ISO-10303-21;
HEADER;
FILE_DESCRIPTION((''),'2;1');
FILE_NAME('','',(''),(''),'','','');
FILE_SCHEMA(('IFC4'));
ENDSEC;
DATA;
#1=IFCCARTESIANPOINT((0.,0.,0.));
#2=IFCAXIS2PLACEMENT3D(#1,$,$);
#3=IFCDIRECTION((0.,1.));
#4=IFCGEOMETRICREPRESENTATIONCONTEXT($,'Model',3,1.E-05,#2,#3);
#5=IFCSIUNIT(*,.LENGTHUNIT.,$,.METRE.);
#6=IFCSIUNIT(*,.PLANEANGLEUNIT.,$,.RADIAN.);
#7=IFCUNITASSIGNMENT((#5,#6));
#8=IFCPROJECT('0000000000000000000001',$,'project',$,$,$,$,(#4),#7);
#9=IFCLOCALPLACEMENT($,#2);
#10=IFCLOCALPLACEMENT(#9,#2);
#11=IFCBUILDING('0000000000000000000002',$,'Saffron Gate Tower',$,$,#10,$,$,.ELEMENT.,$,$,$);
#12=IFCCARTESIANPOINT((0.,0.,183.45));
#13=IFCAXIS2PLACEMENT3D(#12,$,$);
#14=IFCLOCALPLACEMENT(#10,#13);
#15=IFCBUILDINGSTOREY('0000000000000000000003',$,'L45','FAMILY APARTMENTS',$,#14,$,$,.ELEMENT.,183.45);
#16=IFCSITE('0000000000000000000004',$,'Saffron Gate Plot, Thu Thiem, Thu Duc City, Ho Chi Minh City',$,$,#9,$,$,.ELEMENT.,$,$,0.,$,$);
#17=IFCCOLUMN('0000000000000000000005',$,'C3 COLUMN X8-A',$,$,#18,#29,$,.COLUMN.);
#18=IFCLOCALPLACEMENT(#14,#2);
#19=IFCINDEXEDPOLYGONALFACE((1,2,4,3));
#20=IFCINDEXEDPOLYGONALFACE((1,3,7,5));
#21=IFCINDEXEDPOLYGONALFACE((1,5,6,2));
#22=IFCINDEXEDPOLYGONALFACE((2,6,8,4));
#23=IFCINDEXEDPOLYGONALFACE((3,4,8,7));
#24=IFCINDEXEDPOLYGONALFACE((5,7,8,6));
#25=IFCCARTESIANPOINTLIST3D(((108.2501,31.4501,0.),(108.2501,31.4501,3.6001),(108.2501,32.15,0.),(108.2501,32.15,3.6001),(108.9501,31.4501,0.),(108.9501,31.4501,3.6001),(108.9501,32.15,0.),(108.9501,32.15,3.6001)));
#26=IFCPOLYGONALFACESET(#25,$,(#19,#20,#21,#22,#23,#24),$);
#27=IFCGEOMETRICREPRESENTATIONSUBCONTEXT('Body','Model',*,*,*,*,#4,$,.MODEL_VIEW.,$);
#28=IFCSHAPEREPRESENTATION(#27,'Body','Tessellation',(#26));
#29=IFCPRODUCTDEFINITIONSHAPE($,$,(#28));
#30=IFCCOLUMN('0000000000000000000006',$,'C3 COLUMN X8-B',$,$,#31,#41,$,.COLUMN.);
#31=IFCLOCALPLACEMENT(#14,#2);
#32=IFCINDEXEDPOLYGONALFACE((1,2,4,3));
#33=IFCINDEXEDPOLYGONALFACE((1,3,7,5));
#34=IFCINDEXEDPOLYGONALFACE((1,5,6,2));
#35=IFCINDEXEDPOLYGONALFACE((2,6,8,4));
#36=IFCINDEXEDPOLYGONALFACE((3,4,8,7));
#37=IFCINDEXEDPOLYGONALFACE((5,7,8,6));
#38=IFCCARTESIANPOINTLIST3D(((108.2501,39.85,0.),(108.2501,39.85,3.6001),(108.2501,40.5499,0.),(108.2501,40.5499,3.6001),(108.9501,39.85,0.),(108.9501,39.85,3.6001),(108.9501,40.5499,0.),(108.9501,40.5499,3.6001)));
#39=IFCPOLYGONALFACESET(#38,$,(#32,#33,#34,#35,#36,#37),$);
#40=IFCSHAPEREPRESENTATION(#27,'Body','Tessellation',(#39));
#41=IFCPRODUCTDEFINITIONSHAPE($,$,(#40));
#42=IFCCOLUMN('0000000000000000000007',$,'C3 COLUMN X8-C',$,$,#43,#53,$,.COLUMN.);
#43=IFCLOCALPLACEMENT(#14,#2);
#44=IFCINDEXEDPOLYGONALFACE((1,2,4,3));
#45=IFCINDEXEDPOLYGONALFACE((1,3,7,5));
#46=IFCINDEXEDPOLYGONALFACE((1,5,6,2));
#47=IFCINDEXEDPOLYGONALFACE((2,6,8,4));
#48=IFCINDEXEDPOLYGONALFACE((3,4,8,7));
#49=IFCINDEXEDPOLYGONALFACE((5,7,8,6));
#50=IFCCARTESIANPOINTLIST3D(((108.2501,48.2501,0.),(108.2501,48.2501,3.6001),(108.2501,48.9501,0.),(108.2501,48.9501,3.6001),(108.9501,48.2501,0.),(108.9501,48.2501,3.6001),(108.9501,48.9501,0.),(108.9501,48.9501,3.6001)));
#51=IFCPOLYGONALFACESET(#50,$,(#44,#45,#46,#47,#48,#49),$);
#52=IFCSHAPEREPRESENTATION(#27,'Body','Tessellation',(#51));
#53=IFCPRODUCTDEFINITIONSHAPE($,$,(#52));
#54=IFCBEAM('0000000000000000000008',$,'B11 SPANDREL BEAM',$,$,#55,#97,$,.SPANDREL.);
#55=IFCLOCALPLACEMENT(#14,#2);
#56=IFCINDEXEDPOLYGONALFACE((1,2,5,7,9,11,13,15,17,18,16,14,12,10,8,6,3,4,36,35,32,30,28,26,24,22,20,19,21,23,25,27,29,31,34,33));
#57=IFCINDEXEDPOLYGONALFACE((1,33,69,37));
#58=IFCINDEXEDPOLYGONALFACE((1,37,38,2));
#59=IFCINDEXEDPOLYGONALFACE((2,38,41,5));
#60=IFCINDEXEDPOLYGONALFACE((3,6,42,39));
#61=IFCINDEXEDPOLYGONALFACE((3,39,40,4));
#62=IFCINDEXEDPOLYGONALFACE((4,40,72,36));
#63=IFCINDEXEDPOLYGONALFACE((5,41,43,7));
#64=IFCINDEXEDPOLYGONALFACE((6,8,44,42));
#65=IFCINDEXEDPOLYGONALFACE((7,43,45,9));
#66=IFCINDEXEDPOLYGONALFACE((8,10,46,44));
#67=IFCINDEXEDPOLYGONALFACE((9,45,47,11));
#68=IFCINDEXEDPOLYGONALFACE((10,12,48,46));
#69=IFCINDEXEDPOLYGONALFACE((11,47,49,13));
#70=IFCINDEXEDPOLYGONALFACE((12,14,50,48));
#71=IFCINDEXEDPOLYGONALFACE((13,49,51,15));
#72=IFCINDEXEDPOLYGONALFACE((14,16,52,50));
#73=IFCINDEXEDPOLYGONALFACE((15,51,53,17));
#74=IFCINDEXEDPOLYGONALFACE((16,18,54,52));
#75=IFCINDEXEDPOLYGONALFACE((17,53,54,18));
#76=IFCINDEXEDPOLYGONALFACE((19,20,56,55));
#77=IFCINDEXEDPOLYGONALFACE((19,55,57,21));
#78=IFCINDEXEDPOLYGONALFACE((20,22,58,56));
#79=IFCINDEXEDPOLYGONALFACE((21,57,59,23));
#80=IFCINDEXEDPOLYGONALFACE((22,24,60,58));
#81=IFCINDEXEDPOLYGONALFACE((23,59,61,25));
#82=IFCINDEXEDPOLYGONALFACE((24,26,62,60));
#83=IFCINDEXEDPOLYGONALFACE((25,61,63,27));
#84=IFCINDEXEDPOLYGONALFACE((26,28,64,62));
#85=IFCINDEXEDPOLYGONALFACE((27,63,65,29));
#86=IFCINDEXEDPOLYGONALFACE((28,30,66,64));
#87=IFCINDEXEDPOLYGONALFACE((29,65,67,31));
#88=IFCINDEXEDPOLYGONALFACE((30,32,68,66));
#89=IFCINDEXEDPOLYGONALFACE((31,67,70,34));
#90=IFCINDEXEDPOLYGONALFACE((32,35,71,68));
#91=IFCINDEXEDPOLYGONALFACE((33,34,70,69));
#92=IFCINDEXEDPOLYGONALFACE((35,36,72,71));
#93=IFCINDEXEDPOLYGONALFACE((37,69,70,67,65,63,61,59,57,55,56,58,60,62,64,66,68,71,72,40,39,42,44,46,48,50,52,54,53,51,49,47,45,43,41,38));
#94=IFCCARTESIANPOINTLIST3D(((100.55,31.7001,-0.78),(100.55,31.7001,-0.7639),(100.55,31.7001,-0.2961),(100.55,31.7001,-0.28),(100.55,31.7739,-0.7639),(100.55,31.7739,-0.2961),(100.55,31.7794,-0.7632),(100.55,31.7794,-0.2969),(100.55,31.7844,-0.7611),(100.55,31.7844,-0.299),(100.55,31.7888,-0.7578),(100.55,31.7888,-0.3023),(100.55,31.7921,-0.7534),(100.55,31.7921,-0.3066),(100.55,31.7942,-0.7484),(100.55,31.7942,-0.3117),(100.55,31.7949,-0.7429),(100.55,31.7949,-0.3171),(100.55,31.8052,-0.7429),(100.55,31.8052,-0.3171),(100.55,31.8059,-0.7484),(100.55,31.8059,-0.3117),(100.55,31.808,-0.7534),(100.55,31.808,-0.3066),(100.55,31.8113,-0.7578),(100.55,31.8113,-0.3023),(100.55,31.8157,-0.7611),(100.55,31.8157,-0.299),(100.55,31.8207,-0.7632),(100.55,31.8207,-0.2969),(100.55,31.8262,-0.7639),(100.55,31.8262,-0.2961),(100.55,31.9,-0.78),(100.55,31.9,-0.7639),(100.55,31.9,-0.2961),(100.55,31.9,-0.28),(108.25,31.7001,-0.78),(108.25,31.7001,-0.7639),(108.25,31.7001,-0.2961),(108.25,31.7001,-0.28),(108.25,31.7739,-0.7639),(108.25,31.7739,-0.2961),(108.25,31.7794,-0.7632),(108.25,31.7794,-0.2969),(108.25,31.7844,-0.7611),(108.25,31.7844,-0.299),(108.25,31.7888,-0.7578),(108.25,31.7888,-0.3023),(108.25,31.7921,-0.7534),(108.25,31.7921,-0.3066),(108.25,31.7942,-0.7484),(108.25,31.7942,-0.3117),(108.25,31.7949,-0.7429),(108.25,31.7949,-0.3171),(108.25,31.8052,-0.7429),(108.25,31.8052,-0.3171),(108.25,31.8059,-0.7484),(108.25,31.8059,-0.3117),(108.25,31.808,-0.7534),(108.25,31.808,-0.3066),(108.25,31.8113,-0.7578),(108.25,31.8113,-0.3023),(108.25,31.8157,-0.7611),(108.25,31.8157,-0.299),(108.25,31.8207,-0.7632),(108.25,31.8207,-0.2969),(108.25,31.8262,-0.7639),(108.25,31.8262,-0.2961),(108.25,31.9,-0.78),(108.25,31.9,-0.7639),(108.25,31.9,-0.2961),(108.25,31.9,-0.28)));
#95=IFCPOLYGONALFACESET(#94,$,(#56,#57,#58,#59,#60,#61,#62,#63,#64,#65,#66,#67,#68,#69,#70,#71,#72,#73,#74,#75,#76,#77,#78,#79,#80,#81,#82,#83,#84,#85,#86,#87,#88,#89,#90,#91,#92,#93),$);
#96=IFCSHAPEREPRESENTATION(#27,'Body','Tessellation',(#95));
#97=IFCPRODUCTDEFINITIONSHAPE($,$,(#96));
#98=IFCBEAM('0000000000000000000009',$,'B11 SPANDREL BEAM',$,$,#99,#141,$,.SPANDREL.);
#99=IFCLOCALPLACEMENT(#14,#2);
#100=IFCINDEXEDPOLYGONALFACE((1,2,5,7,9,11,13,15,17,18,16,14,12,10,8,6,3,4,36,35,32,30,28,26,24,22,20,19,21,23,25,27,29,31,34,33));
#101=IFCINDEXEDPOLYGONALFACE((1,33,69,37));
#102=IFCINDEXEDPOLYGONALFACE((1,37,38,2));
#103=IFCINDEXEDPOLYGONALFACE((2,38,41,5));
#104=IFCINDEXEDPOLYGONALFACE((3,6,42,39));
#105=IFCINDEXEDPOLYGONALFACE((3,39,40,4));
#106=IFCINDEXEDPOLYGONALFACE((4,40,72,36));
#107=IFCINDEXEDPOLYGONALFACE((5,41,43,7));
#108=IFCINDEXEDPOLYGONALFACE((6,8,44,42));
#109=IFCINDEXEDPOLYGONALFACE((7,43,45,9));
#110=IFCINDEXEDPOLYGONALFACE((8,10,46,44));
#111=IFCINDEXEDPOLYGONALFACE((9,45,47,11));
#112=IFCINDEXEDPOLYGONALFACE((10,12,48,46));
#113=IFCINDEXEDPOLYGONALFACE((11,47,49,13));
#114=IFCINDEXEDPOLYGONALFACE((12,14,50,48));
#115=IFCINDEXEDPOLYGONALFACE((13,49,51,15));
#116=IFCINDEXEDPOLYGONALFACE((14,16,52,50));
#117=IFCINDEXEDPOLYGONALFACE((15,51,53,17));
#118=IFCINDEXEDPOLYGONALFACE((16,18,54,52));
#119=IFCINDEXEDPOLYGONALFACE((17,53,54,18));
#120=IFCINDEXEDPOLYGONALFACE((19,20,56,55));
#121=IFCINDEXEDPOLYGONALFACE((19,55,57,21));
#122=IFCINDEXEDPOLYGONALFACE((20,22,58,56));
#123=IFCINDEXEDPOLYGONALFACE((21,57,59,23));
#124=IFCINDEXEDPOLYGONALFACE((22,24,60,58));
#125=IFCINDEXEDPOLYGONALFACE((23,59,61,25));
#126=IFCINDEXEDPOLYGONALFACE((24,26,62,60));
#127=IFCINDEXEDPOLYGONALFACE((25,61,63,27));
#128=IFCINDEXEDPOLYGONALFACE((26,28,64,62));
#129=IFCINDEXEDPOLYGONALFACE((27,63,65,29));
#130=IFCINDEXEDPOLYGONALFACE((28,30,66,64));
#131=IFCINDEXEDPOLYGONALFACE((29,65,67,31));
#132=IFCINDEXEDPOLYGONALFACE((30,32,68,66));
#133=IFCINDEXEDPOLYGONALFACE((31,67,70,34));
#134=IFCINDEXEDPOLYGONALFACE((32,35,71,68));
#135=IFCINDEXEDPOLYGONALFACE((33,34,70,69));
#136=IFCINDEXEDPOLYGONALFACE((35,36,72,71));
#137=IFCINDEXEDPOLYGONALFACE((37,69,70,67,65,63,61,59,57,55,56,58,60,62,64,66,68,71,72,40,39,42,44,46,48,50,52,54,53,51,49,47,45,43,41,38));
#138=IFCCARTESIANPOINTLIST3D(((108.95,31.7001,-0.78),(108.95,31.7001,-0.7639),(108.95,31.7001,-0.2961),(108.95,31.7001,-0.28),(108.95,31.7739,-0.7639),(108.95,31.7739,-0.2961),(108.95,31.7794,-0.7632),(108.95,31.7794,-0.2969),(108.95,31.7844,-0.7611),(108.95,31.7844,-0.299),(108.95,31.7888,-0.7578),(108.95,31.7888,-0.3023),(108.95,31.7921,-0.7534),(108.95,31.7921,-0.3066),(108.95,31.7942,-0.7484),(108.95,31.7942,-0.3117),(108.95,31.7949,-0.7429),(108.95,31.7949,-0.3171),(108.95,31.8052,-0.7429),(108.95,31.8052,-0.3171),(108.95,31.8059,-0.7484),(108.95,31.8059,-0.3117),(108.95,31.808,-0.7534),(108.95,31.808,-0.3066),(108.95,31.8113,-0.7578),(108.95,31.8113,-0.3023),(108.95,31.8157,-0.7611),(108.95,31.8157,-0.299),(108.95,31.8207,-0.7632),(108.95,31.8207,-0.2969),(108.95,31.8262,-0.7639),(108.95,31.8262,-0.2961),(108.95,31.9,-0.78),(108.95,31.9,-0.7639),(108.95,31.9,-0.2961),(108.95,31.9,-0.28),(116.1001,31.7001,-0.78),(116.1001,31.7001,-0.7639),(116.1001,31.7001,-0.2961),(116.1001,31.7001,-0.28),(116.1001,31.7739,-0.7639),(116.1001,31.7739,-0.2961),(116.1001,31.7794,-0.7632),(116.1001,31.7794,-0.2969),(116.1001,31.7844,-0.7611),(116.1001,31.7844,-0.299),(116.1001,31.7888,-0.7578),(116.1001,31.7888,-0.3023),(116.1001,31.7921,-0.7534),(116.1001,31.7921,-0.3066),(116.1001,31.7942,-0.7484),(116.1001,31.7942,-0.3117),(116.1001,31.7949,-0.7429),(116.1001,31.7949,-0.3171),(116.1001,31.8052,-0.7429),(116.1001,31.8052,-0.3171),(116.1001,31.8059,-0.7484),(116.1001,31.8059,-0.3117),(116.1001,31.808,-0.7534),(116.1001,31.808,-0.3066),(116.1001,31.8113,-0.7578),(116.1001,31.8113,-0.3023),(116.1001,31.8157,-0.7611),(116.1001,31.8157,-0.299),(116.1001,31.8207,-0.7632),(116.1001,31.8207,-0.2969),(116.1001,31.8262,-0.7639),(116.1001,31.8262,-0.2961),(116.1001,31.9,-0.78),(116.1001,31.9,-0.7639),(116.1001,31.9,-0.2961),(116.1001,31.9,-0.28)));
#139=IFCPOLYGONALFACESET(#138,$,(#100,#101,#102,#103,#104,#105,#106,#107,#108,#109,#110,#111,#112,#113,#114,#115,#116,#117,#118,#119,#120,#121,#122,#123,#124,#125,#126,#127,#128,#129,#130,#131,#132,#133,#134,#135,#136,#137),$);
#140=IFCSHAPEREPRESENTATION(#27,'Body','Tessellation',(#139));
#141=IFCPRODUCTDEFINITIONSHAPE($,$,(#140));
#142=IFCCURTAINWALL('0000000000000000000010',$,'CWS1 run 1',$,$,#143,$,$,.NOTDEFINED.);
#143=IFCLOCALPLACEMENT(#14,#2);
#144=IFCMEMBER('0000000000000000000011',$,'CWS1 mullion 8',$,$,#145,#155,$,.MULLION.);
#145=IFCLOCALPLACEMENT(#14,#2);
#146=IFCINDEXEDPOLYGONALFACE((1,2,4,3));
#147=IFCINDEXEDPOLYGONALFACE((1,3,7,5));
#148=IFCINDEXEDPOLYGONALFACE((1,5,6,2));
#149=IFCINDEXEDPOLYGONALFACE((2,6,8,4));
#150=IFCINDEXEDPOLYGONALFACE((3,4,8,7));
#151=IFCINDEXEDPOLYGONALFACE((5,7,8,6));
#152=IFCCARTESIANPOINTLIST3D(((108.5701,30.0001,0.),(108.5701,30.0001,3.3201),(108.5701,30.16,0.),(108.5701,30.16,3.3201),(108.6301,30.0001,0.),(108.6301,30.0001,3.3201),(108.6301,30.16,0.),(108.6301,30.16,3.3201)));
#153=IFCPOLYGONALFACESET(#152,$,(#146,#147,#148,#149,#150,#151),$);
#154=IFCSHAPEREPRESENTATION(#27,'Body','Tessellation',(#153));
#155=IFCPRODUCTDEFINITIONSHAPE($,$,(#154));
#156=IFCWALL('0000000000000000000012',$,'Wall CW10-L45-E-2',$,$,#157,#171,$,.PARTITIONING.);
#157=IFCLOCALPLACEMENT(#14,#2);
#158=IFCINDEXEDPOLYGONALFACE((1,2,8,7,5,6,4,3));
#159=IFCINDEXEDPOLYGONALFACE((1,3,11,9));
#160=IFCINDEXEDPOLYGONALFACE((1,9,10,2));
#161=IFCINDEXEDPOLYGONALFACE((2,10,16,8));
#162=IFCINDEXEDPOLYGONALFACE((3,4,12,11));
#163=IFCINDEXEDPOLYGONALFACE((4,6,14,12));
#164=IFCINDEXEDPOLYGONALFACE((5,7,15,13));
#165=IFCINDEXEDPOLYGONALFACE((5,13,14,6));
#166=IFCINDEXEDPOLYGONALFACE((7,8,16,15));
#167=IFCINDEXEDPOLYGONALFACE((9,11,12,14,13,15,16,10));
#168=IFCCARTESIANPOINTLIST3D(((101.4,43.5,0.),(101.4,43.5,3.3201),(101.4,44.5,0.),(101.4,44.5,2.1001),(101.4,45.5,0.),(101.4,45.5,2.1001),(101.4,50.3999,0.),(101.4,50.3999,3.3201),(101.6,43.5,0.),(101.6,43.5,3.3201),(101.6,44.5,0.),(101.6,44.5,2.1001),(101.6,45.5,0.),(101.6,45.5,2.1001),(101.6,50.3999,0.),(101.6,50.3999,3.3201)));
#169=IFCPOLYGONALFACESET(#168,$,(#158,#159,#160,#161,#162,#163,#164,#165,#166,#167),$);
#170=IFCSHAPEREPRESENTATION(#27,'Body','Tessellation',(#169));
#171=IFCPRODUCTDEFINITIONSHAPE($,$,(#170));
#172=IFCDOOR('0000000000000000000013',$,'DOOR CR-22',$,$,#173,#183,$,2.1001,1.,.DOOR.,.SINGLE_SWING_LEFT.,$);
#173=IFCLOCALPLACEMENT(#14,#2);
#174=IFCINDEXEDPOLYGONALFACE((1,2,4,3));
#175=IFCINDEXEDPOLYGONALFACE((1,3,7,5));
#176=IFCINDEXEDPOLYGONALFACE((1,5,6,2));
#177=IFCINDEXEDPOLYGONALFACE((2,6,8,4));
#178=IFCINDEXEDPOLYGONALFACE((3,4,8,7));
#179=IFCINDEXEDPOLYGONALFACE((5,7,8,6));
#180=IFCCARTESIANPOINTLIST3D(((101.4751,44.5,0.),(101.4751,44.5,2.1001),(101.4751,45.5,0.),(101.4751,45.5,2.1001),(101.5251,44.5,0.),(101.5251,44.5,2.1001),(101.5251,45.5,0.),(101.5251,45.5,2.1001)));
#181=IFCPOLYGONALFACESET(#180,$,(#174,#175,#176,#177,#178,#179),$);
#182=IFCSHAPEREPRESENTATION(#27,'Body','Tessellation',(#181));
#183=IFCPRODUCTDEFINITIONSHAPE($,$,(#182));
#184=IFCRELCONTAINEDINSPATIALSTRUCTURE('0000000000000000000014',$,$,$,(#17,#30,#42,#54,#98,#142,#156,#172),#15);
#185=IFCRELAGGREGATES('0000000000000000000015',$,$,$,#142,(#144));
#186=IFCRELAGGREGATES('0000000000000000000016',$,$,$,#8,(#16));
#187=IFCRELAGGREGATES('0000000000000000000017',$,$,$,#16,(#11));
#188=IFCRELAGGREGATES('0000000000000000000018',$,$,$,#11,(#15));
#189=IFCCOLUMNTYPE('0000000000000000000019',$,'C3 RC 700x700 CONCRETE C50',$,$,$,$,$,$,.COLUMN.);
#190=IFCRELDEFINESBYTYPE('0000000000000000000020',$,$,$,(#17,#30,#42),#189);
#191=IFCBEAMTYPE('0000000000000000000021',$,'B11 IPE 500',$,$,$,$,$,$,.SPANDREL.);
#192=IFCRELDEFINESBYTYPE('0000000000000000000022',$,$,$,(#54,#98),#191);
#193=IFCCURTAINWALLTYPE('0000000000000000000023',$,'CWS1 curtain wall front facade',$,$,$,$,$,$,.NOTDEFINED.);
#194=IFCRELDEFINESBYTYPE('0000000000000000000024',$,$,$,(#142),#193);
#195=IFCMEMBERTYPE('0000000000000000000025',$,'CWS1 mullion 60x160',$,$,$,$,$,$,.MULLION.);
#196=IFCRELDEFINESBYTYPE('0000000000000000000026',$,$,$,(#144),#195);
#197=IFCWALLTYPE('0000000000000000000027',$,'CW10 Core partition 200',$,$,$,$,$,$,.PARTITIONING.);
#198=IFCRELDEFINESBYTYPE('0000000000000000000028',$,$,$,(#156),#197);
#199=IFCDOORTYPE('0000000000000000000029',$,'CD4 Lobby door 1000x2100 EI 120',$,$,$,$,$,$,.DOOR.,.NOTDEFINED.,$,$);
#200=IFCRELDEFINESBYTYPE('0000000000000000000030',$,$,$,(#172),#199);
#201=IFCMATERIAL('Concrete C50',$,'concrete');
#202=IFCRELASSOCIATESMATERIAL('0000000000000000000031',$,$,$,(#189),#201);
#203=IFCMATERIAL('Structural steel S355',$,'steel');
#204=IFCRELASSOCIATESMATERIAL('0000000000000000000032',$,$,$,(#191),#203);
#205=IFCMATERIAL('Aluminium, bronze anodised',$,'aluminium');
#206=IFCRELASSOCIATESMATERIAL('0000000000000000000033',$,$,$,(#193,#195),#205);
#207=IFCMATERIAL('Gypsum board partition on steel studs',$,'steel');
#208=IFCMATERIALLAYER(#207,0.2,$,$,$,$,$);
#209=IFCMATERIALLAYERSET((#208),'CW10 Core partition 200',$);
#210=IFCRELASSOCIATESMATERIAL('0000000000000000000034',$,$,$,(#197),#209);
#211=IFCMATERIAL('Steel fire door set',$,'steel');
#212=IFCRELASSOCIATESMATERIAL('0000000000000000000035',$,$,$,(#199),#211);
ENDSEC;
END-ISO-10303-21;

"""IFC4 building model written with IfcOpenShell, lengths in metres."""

from ifc_helpers import new_model, si_unit, direction, frame, frame_2d, origin, origin_2d, place, context, subcontext, project, spatial, rectangle, i_section, extrude, material, layer, layer_set, material_profile, profile_set, type_object, element, fill, aggregate, save


model = new_model("IFC4")

# Units and contexts
model_context = context("Model", 3, precision=1e-05, world=origin(), true_north=direction((0.0, 1.0)))
body_context = subcontext(model_context, "Body", "Model", "MODEL_VIEW")
ifc_project = project(units=[si_unit("LENGTHUNIT", "METRE"), si_unit("PLANEANGLEUNIT", "RADIAN")], contexts=[model_context])

# Site, building, storey
site_placement = place(None, origin())
site = spatial("IfcSite", under=ifc_project, at=site_placement, Name="Saffron Gate Plot, Thu Thiem, Thu Duc City, Ho Chi Minh City", CompositionType="ELEMENT", RefElevation=0.0)
building_placement = place(site_placement, origin())
building = spatial("IfcBuilding", under=site, at=building_placement, Name="Saffron Gate Tower", CompositionType="ELEMENT")
storey_placement = place(building_placement, frame((0.0, 0.0, 183.45)))
storey = spatial("IfcBuildingStorey", under=building, at=storey_placement, Name="L45", Description="FAMILY APARTMENTS", CompositionType="ELEMENT", Elevation=183.45)

# Columns
ifc_material_1 = material(Name="Concrete C50", Category="concrete")
ifc_material_profile_1 = material_profile(ifc_material_1, rectangle(XDim=0.7, YDim=0.7, at=origin_2d()))
ifc_profile_set_1 = profile_set([ifc_material_profile_1], Name="Concrete C50")
column_type = type_object("IfcColumnType", Name="C3 RC 700x700 CONCRETE C50", PredefinedType="COLUMN", material=ifc_profile_set_1)
for number, where, z_axis, x_axis, name in (
    (1, (108.6001, 31.8, 0.0), (0.0, 0.0, 1.0), (1.0, 0.0, 0.0), "C3 COLUMN X8-A"),
    (2, (108.6001, 40.2, 0.0), (0.0, 0.0, 1.0), (1.0, 0.0, 0.0), "C3 COLUMN X8-B"),
    (3, (108.6001, 48.6001, 0.0), (0.0, 0.0, 1.0), (1.0, 0.0, 0.0), "C3 COLUMN X8-C"),
):
    element("IfcColumn", number, at=place(storey_placement, frame(where, z_axis=z_axis, x_axis=x_axis)), inside=storey, type_object=column_type, Name=name, PredefinedType="COLUMN", context=body_context, shape_type="SweptSolid", body=[
        extrude(rectangle(XDim=0.7, YDim=0.7, at=origin_2d()), origin(), (0.0, 0.0, 1.0), 3.6001),
    ])

# Beams
ifc_material_2 = material(Name="Structural steel S355", Category="steel")
ifc_material_profile_2 = material_profile(ifc_material_2, i_section(OverallWidth=0.2, OverallDepth=0.5, WebThickness=0.0103, FlangeThickness=0.0161, FilletRadius=0.021, at=origin_2d()))
ifc_profile_set_2 = profile_set([ifc_material_profile_2], Name="Structural steel S355")
beam_type = type_object("IfcBeamType", Name="B11 IPE 500", PredefinedType="SPANDREL", material=ifc_profile_set_2)
beam_1_placement = place(storey_placement, frame((100.55, 31.8, -0.53), z_axis=(1.0, 0.0, 0.0), x_axis=(0.0, 1.0, 0.0)))
element("IfcBeam", 4, at=beam_1_placement, inside=storey, type_object=beam_type, Name="B11 SPANDREL BEAM", PredefinedType="SPANDREL", context=body_context, shape_type="SweptSolid", body=[
    extrude(i_section(OverallWidth=0.2, OverallDepth=0.5, WebThickness=0.0103, FlangeThickness=0.0161, FilletRadius=0.021, at=origin_2d()), origin(), (0.0, 0.0, 1.0), 7.7),
])
beam_2_placement = place(storey_placement, frame((108.95, 31.8, -0.53), z_axis=(1.0, 0.0, 0.0), x_axis=(0.0, 1.0, 0.0)))
element("IfcBeam", 5, at=beam_2_placement, inside=storey, type_object=beam_type, Name="B11 SPANDREL BEAM", PredefinedType="SPANDREL", context=body_context, shape_type="SweptSolid", body=[
    extrude(i_section(OverallWidth=0.2, OverallDepth=0.5, WebThickness=0.0103, FlangeThickness=0.0161, FilletRadius=0.021, at=origin_2d()), origin(), (0.0, 0.0, 1.0), 7.1501),
])

# Curtain wall, member
ifc_material_3 = material(Name="Aluminium, bronze anodised", Category="aluminium")
curtain_wall_type = type_object("IfcCurtainWallType", Name="CWS1 curtain wall front facade", PredefinedType="NOTDEFINED", material=ifc_material_3)
curtain_wall_placement = place(storey_placement, origin())
curtain_wall = element("IfcCurtainWall", 6, at=curtain_wall_placement, inside=storey, type_object=curtain_wall_type, Name="CWS1 run 1", PredefinedType="NOTDEFINED")
ifc_material_profile_3 = material_profile(ifc_material_3, rectangle(XDim=0.1599, YDim=0.0601, at=origin_2d()))
ifc_profile_set_3 = profile_set([ifc_material_profile_3], Name="Aluminium, bronze anodised")
member_type = type_object("IfcMemberType", Name="CWS1 mullion 60x160", PredefinedType="MULLION", material=ifc_profile_set_3)
member_placement = place(storey_placement, frame((108.6001, 30.0801, 0.0), z_axis=(0.0, 0.0, 1.0), x_axis=(0.0, 1.0, 0.0)))
member = element("IfcMember", 7, at=member_placement, type_object=member_type, Name="CWS1 mullion 8", PredefinedType="MULLION", context=body_context, shape_type="SweptSolid", body=[
    extrude(rectangle(XDim=0.1599, YDim=0.0601, at=origin_2d()), origin(), (0.0, 0.0, 1.0), 3.3201),
])
aggregate(curtain_wall, [member])

# Wall, opening, door
ifc_material_4 = material(Name="Gypsum board partition on steel studs", Category="steel")
ifc_layer_1 = layer(ifc_material_4, 0.2)
ifc_layer_set_1 = layer_set([ifc_layer_1], Name="CW10 Core partition 200")
wall_type_1 = type_object("IfcWallType", Name="CW10 Core partition 200", PredefinedType="PARTITIONING", material=ifc_layer_set_1)
wall_1_placement = place(storey_placement, frame((101.5, 43.5, 0.0), z_axis=(0.0, 0.0, 1.0), x_axis=(0.0, 1.0, 0.0)))
wall_1 = element("IfcWall", 8, at=wall_1_placement, inside=storey, type_object=wall_type_1, Name="Wall CW10-L45-E-2", PredefinedType="PARTITIONING", context=body_context, shape_type="SweptSolid", body=[
    extrude(rectangle(XDim=6.8999, YDim=0.2, at=frame_2d((3.45, 0.0))), origin(), (0.0, 0.0, 1.0), 3.3201),
])
opening_1_placement = place(wall_1_placement, frame((1.0, 0.0, 0.0)))
opening_1 = element("IfcOpeningElement", 9, at=opening_1_placement, cuts=wall_1, PredefinedType="OPENING", context=body_context, shape_type="SweptSolid", body=[
    extrude(rectangle(XDim=1.0, YDim=2.1001, at=frame_2d((0.5, 1.05))), frame((0.0, 0.1099, 0.0), z_axis=(0.0, -1.0, 0.0), x_axis=(1.0, 0.0, 0.0)), (0.0, 0.0, 1.0), 0.22),
])
ifc_material_5 = material(Name="Steel fire door set", Category="steel")
door_type_1 = type_object("IfcDoorType", Name="CD4 Lobby door 1000x2100 EI 120", OperationType="NOTDEFINED", PredefinedType="DOOR", material=ifc_material_5)
door_1_placement = place(opening_1_placement, origin())
door_1 = element("IfcDoor", 10, at=door_1_placement, inside=storey, type_object=door_type_1, Name="DOOR CR-22", OperationType="SINGLE_SWING_LEFT", OverallHeight=2.1001, OverallWidth=1.0, PredefinedType="DOOR", context=body_context, shape_type="SweptSolid", body=[
    extrude(rectangle(XDim=1.0, YDim=2.1001, at=frame_2d((0.5, 1.05))), frame((0.0, 0.0249, 0.0), z_axis=(0.0, -1.0, 0.0), x_axis=(1.0, 0.0, 0.0)), (0.0, 0.0, 1.0), 0.05),
])
fill(opening_1, door_1)

save(model, "model.ifc")
